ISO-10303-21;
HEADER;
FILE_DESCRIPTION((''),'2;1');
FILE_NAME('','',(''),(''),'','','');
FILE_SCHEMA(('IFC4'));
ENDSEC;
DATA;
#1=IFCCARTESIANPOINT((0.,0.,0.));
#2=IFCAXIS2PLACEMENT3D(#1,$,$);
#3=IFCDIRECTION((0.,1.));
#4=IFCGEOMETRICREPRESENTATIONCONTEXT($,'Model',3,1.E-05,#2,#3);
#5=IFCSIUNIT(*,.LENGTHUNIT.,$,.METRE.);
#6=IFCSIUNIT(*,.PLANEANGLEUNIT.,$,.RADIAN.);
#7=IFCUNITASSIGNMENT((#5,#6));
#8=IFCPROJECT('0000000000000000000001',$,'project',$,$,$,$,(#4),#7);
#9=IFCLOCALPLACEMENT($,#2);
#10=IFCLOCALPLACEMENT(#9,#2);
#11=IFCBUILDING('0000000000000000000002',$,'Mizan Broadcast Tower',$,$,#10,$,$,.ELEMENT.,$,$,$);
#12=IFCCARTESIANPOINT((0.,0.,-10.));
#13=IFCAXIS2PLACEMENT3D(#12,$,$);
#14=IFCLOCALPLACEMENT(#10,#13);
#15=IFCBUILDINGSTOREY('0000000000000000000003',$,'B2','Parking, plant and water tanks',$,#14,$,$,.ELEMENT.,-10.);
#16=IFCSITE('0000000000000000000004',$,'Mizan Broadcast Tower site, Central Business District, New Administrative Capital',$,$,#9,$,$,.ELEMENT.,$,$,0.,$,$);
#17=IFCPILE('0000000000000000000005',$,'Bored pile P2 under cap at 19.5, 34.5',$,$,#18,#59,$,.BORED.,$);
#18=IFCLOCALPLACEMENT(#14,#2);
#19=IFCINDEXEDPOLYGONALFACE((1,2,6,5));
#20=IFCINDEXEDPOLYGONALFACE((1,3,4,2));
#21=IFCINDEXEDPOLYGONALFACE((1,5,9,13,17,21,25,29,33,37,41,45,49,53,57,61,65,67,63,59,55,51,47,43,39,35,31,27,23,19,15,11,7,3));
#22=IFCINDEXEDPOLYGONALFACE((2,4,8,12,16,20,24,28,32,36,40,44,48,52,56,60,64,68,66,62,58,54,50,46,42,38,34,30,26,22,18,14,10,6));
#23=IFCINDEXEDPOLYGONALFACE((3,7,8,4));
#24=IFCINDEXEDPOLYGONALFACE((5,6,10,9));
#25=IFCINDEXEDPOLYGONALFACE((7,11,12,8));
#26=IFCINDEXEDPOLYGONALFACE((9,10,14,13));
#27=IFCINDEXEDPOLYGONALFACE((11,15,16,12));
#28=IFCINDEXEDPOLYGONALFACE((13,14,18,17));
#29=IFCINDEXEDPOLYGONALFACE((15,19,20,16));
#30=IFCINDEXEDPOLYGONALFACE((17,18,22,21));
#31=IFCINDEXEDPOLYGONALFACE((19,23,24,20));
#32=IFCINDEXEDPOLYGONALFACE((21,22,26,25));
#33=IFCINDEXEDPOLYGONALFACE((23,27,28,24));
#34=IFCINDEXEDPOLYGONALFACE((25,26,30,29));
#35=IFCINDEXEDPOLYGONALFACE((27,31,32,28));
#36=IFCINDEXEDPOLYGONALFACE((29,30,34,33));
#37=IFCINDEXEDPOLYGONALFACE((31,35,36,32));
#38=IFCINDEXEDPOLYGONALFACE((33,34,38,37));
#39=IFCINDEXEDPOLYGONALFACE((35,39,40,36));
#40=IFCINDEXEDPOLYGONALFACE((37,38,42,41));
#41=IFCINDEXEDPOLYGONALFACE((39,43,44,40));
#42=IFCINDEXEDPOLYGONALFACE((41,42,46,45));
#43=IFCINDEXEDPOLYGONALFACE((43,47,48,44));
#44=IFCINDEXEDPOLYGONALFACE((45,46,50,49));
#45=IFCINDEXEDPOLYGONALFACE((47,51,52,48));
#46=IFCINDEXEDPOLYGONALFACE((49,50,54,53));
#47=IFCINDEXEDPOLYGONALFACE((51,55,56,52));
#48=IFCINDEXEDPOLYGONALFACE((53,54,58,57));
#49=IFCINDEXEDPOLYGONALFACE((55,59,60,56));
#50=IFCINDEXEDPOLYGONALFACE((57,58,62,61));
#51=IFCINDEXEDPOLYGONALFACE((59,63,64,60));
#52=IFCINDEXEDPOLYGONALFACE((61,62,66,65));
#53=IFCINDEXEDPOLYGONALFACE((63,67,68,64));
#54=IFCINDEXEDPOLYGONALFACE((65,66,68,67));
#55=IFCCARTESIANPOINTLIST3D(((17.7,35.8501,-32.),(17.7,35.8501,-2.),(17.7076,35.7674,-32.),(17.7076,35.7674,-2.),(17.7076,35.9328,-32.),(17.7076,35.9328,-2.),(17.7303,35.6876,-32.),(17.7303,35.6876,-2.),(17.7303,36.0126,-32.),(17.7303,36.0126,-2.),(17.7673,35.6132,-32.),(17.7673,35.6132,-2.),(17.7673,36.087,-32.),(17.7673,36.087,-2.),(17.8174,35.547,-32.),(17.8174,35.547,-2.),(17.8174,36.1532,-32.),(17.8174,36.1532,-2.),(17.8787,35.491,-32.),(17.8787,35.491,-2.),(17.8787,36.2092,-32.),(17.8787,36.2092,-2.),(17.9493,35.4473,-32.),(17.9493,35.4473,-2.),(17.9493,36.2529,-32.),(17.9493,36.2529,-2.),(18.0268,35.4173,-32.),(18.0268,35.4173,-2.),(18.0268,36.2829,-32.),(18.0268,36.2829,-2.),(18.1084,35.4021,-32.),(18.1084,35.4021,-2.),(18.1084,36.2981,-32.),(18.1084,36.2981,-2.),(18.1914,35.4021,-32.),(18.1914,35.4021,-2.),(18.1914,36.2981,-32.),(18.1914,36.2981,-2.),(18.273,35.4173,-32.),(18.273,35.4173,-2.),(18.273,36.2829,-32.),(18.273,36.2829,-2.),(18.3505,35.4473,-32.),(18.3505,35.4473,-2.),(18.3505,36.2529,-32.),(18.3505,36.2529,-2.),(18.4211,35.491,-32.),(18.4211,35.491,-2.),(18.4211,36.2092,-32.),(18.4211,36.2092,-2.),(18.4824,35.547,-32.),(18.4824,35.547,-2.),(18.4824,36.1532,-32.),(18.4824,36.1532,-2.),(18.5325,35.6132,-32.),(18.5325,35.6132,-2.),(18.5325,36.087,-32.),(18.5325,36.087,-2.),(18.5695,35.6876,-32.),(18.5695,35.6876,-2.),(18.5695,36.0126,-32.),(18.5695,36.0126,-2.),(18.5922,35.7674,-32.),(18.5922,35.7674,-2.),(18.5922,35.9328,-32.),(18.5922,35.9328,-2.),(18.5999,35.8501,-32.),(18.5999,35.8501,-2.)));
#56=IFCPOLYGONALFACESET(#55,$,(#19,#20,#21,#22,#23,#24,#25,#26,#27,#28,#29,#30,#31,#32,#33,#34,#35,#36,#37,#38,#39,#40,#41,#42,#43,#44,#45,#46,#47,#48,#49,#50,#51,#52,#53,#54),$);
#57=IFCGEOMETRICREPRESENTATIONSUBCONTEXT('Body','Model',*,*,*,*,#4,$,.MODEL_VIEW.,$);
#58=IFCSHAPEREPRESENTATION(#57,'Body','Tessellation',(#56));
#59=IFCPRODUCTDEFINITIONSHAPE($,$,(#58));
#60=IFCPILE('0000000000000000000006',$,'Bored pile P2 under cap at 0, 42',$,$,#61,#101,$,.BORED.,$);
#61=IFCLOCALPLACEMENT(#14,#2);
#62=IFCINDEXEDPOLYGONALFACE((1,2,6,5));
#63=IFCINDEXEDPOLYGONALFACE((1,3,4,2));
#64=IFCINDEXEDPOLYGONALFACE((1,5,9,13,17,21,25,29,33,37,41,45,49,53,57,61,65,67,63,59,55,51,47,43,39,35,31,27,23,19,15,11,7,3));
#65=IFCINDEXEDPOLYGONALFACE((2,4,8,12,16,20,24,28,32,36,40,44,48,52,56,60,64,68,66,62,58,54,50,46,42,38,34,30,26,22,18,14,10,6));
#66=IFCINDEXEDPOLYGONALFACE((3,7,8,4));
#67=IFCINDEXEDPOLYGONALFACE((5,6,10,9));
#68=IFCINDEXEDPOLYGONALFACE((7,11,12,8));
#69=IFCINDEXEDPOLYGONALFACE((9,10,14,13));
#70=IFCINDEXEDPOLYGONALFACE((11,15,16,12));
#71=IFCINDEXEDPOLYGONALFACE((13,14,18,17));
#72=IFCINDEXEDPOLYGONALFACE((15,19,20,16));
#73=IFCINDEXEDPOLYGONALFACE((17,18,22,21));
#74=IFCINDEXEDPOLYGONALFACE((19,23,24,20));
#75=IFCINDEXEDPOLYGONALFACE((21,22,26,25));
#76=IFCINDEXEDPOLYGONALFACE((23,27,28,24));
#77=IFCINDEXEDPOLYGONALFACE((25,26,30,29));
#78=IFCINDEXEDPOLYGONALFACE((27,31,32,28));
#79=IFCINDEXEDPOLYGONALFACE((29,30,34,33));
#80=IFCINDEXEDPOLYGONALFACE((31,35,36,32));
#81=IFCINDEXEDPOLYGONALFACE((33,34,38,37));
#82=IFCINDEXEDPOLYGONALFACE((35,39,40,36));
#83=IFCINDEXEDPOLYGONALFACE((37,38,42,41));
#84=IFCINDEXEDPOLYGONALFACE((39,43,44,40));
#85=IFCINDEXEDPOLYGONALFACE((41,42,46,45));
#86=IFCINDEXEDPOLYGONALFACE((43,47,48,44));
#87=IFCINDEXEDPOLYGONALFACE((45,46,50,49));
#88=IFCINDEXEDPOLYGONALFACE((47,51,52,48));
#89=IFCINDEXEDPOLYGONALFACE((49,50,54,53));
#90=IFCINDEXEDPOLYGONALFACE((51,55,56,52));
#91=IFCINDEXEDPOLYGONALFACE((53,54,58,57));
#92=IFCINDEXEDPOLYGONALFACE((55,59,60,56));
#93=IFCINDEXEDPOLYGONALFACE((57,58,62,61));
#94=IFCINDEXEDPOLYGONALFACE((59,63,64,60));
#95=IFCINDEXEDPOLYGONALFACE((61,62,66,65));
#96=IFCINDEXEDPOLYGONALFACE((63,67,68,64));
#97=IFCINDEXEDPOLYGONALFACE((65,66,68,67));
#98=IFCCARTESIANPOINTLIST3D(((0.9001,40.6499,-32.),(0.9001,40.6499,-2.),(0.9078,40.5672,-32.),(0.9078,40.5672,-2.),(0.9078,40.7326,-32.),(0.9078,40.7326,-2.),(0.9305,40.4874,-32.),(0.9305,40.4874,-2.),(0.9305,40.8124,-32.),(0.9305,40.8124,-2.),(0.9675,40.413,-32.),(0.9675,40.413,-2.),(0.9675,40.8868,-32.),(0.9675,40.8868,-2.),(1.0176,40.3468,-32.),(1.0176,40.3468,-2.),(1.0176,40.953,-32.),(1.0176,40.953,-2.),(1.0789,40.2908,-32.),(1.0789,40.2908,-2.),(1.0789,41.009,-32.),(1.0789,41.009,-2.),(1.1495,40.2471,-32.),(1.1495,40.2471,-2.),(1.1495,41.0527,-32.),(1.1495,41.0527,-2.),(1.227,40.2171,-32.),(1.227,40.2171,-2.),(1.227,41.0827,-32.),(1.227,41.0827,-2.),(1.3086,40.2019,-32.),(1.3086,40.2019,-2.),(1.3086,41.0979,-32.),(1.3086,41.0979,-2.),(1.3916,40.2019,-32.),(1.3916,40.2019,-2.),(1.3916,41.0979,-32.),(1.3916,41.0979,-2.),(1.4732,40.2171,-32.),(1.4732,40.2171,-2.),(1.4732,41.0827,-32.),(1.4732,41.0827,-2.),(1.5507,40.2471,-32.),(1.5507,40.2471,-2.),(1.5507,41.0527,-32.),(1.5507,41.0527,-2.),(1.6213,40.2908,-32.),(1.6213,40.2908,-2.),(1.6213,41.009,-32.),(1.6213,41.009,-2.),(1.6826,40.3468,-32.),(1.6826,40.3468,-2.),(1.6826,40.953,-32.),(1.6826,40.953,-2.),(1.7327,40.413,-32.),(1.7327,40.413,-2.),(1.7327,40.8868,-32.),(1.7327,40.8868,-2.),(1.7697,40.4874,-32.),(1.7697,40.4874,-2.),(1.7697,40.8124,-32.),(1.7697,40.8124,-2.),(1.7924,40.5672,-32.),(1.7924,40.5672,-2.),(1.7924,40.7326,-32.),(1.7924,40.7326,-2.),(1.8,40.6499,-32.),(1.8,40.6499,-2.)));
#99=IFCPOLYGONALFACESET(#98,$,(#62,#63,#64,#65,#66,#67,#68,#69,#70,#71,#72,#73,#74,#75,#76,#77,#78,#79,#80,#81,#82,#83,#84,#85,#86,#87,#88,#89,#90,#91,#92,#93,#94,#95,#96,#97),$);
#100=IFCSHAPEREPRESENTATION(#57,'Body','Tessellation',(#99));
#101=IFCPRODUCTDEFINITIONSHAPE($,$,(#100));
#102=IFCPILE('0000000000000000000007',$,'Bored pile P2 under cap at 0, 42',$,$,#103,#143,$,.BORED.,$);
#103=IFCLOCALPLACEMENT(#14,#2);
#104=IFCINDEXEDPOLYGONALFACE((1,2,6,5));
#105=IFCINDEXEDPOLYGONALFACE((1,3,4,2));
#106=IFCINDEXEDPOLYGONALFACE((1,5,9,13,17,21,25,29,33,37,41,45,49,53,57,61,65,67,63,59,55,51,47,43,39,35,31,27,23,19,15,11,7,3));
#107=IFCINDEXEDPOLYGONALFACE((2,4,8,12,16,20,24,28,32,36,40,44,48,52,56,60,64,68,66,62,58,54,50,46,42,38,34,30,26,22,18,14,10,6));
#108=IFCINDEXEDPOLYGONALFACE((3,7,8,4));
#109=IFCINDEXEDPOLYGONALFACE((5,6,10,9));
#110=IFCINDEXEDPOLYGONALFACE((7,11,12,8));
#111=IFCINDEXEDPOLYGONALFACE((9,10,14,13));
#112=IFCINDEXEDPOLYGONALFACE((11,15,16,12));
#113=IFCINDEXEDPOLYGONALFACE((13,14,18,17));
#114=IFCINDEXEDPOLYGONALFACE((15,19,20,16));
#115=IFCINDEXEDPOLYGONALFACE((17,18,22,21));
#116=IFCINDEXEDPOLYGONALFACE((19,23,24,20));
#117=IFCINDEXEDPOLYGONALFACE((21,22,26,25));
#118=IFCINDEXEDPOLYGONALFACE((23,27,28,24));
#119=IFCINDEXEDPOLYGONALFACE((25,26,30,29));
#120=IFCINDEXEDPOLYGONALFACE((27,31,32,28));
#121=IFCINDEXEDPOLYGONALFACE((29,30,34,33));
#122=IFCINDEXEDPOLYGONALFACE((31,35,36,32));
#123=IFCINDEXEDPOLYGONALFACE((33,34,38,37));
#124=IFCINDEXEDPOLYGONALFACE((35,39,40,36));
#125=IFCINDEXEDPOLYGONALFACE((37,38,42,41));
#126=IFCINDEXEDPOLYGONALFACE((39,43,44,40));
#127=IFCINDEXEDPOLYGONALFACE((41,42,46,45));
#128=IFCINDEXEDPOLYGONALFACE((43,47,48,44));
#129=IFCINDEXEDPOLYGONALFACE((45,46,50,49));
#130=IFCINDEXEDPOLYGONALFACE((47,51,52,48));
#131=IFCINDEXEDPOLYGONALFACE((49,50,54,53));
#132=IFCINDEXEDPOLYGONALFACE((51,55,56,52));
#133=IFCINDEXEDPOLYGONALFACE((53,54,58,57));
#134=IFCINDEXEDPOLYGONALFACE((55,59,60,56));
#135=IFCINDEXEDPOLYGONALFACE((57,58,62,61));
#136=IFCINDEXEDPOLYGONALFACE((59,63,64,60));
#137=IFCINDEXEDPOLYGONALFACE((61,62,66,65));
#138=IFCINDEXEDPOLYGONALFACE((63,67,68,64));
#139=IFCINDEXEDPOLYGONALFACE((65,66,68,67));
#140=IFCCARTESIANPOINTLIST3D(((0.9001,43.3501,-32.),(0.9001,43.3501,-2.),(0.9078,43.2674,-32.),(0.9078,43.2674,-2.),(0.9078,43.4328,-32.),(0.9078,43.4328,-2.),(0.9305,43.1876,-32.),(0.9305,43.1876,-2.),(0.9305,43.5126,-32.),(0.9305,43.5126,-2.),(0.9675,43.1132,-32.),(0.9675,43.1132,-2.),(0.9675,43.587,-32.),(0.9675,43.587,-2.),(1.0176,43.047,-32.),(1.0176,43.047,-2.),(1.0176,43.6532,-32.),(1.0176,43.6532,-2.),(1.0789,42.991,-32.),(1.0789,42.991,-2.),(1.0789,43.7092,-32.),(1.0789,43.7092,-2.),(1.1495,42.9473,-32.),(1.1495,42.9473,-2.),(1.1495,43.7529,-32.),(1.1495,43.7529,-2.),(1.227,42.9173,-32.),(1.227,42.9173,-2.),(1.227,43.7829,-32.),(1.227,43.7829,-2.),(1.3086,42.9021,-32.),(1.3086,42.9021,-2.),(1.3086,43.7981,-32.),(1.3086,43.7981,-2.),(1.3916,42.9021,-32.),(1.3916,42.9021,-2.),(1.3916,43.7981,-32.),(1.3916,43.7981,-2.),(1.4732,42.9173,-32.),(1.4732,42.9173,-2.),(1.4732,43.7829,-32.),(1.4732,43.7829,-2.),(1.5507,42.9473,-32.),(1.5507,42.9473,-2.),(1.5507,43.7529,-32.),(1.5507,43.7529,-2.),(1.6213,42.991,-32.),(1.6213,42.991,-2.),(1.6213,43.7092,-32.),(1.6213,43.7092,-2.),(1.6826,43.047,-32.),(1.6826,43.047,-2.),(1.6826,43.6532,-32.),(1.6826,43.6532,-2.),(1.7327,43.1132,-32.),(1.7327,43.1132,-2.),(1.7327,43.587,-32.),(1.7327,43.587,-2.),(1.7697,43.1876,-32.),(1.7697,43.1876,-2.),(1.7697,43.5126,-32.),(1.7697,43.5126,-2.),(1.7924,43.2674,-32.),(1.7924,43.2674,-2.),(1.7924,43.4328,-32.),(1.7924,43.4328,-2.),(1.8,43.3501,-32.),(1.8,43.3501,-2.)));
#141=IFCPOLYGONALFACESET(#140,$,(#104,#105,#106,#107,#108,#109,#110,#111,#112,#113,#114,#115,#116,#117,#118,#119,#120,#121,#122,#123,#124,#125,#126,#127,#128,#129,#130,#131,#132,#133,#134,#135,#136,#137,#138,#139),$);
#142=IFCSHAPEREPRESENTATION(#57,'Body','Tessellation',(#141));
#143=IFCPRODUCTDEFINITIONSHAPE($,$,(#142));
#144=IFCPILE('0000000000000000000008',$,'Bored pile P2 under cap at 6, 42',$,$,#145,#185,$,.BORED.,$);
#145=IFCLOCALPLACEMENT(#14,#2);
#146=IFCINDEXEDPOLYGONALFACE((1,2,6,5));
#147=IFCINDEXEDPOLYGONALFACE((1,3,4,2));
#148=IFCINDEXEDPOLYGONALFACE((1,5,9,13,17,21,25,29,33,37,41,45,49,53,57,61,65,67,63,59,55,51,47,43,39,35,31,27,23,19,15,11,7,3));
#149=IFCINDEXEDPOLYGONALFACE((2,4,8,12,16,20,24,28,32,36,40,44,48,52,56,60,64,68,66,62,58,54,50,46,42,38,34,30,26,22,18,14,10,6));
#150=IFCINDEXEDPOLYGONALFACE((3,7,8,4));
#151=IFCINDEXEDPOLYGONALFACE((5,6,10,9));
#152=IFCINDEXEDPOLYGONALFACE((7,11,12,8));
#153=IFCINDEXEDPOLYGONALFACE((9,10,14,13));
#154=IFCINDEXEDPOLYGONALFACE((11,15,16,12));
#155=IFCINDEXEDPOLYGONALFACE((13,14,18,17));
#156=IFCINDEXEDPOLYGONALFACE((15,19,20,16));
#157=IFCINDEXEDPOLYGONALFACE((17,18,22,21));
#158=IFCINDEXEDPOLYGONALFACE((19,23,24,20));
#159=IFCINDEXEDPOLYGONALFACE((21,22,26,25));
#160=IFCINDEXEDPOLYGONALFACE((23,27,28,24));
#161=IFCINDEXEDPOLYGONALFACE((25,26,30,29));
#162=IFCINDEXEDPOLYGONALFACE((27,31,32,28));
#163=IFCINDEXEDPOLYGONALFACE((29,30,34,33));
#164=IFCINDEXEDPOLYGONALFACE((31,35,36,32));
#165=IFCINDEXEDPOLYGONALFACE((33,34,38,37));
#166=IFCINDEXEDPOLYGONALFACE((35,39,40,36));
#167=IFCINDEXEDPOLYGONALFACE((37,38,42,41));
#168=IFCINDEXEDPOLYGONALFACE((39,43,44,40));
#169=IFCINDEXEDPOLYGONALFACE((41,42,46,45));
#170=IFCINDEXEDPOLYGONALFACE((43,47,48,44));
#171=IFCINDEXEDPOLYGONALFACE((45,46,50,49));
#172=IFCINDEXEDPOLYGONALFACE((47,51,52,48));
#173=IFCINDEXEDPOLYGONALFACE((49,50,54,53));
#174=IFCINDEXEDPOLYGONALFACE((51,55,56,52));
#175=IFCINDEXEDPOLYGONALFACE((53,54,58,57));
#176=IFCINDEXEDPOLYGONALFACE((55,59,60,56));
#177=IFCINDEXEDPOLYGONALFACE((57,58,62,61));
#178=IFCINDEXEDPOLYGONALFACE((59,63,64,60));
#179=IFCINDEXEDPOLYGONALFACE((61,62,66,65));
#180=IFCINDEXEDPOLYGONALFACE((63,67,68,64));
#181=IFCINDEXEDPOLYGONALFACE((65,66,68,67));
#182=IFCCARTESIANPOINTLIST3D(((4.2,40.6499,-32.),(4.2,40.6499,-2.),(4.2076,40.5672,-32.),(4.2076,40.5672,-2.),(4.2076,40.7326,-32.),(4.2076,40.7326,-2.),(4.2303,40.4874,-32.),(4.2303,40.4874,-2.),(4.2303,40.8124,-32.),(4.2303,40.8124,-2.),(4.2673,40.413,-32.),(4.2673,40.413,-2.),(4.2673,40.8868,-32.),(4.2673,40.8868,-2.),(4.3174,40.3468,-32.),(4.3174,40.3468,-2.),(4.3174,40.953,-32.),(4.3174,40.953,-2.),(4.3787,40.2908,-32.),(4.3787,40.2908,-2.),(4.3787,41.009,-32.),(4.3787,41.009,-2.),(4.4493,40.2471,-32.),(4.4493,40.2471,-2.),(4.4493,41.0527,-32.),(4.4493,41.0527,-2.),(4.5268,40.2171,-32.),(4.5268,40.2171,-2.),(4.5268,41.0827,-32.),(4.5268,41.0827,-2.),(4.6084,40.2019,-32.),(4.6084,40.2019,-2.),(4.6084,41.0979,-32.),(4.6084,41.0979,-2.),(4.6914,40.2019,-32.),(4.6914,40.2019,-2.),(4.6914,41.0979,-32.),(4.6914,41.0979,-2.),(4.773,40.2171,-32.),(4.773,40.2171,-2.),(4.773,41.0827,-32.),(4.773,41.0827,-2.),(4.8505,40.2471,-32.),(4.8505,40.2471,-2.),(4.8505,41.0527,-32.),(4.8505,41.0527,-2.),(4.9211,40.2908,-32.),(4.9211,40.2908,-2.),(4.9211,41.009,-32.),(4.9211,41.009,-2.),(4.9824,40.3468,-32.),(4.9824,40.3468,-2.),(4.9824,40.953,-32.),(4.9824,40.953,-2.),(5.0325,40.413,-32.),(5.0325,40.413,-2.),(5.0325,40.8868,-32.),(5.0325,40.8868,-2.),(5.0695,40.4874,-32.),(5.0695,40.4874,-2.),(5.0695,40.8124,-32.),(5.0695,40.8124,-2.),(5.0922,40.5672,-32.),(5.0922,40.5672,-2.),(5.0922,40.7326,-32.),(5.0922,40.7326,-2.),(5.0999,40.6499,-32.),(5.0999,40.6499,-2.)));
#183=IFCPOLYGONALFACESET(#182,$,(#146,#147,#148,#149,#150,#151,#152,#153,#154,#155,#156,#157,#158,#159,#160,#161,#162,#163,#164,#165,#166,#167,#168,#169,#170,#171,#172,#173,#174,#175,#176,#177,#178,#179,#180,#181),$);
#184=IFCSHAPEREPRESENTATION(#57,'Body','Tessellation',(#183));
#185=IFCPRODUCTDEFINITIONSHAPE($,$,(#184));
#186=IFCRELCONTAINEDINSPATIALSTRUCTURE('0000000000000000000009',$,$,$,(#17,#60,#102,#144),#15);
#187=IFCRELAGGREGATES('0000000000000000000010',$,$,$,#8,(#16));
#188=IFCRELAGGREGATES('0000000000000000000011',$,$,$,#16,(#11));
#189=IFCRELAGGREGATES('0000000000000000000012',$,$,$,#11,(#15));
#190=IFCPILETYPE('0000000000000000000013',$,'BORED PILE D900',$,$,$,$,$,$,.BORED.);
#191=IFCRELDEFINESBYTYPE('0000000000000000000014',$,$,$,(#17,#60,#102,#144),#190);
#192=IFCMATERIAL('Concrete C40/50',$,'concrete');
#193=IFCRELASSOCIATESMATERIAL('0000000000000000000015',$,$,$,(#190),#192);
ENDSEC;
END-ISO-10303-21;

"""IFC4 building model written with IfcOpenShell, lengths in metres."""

from ifc_helpers import new_model, si_unit, direction, frame, origin, origin_2d, place, context, subcontext, project, spatial, circle, extrude, material, material_profile, profile_set, type_object, element, save


model = new_model("IFC4")

# Units and contexts
model_context = context("Model", 3, precision=1e-05, world=origin(), true_north=direction((0.0, 1.0)))
body_context = subcontext(model_context, "Body", "Model", "MODEL_VIEW")
ifc_project = project(units=[si_unit("LENGTHUNIT", "METRE"), si_unit("PLANEANGLEUNIT", "RADIAN")], contexts=[model_context])

# Site, building, storey
site_placement = place(None, origin())
site = spatial("IfcSite", under=ifc_project, at=site_placement, Name="Mizan Broadcast Tower site, Central Business District, New Administrative Capital", CompositionType="ELEMENT", RefElevation=0.0)
building_placement = place(site_placement, origin())
building = spatial("IfcBuilding", under=site, at=building_placement, Name="Mizan Broadcast Tower", CompositionType="ELEMENT")
storey_placement = place(building_placement, frame((0.0, 0.0, -10.0)))
storey = spatial("IfcBuildingStorey", under=building, at=storey_placement, Name="B2", Description="Parking, plant and water tanks", CompositionType="ELEMENT", Elevation=-10.0)

# Piles
ifc_material_1 = material(Name="Concrete C40/50", Category="concrete")
ifc_material_profile_1 = material_profile(ifc_material_1, circle(Radius=0.45, at=origin_2d()), Name="D900")
ifc_profile_set_1 = profile_set([ifc_material_profile_1], Name="Concrete C40/50")
pile_type_1 = type_object("IfcPileType", Name="BORED PILE D900", PredefinedType="BORED", material=ifc_profile_set_1)
for number, where, z_axis, x_axis, name in (
    (1, (18.1499, 35.8501, -2.0), (0.0, 0.0, -1.0), (1.0, 0.0, 0.0), "Bored pile P2 under cap at 19.5, 34.5"),
    (2, (1.3501, 40.6499, -2.0), (0.0, 0.0, -1.0), (1.0, 0.0, 0.0), "Bored pile P2 under cap at 0, 42"),
    (3, (1.3501, 43.3501, -2.0), (0.0, 0.0, -1.0), (1.0, 0.0, 0.0), "Bored pile P2 under cap at 0, 42"),
    (4, (4.6499, 40.6499, -2.0), (0.0, 0.0, -1.0), (1.0, 0.0, 0.0), "Bored pile P2 under cap at 6, 42"),
):
    element("IfcPile", number, at=place(storey_placement, frame(where, z_axis=z_axis, x_axis=x_axis)), inside=storey, type_object=pile_type_1, Name=name, PredefinedType="BORED", context=body_context, shape_type="SweptSolid", body=[
        extrude(circle(Radius=0.45, at=origin_2d()), origin(), (0.0, 0.0, 1.0), 30.0),
    ])

save(model, "model.ifc")
